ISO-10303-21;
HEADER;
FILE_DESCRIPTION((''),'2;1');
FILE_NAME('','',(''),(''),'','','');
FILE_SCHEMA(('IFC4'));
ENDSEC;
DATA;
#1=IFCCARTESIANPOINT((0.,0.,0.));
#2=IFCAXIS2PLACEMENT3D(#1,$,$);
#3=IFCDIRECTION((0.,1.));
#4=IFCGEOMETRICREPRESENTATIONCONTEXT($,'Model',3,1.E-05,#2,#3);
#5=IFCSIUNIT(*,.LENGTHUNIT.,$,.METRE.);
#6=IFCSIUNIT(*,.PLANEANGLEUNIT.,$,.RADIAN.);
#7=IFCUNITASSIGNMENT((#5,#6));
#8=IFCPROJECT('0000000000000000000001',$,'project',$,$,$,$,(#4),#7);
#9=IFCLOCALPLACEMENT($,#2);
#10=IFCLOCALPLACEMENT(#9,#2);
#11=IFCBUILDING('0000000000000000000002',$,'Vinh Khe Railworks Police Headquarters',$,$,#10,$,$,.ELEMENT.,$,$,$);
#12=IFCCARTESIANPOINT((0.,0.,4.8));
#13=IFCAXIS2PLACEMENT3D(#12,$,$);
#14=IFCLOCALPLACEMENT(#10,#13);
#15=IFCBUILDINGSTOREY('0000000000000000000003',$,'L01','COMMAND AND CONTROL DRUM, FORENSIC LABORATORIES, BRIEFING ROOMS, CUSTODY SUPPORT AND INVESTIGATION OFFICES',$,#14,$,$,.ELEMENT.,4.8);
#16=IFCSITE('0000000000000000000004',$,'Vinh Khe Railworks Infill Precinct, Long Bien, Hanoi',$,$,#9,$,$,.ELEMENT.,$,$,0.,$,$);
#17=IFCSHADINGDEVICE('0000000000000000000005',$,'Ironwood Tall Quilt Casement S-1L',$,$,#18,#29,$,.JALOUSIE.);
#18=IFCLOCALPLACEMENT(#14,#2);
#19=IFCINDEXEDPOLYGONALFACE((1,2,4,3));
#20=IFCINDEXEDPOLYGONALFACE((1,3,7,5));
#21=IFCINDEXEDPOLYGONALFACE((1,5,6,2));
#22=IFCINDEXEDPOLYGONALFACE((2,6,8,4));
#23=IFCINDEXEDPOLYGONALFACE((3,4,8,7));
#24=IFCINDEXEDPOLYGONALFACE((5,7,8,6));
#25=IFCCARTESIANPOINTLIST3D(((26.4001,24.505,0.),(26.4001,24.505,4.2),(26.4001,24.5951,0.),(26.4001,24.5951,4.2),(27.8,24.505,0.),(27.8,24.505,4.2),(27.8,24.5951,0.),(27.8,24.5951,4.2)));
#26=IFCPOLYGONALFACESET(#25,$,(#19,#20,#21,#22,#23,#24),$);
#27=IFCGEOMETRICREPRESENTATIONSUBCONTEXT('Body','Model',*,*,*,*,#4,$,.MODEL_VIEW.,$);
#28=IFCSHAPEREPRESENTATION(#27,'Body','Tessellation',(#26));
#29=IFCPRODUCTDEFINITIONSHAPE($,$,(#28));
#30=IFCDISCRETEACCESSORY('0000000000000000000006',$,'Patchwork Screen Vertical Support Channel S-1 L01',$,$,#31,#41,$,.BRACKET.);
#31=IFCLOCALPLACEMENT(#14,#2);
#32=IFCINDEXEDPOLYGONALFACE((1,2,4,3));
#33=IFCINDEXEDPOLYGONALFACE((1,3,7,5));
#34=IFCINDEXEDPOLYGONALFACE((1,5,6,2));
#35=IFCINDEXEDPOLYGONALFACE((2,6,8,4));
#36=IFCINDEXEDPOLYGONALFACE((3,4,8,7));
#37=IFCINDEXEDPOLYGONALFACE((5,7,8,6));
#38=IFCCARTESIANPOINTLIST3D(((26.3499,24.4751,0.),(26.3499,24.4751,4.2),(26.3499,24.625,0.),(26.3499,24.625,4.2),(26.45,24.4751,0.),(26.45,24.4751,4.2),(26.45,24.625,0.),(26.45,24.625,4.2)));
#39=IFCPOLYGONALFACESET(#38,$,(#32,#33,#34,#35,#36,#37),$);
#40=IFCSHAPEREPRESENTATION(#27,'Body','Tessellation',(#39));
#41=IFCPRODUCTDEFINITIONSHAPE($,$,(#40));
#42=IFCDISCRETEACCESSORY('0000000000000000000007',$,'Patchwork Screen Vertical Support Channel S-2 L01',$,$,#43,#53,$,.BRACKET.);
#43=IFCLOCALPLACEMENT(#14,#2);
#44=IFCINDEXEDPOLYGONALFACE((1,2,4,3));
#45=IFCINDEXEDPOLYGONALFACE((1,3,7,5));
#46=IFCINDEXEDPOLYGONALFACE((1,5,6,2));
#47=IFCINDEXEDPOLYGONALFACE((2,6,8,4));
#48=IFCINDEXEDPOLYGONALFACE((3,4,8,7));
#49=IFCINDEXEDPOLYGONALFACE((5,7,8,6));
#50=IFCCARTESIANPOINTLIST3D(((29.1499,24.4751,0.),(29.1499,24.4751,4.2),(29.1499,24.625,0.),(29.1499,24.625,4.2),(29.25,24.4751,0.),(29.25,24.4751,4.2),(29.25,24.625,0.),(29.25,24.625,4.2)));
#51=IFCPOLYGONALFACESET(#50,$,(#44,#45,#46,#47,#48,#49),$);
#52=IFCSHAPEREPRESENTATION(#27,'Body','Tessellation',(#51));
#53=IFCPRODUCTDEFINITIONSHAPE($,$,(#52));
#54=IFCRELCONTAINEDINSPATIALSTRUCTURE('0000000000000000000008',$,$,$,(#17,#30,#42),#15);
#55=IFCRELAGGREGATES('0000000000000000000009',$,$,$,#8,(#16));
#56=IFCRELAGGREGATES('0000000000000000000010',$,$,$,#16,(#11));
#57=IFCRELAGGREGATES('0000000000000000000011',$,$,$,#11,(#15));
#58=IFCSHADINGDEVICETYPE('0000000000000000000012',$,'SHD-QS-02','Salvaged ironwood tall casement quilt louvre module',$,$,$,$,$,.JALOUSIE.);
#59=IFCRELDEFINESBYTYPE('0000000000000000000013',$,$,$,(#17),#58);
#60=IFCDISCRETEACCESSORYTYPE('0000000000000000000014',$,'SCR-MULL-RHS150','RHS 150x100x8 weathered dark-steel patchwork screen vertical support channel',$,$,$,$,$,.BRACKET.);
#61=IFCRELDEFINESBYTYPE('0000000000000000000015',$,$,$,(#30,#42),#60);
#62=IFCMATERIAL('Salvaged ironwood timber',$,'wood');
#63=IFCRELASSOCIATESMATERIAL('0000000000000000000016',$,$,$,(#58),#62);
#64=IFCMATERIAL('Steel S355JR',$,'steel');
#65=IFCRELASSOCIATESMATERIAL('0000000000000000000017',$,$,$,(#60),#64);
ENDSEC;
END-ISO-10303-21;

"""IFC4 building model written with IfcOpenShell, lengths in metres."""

from ifc_helpers import new_model, si_unit, direction, frame, origin, origin_2d, place, context, subcontext, project, spatial, rectangle, extrude, material, type_object, element, save


model = new_model("IFC4")

# Units and contexts
model_context = context("Model", 3, precision=1e-05, world=origin(), true_north=direction((0.0, 1.0)))
body_context = subcontext(model_context, "Body", "Model", "MODEL_VIEW")
ifc_project = project(units=[si_unit("LENGTHUNIT", "METRE"), si_unit("PLANEANGLEUNIT", "RADIAN")], contexts=[model_context])

# Site, building, storey
site_placement = place(None, origin())
site = spatial("IfcSite", under=ifc_project, at=site_placement, Name="Vinh Khe Railworks Infill Precinct, Long Bien, Hanoi", CompositionType="ELEMENT", RefElevation=0.0)
building_placement = place(site_placement, origin())
building = spatial("IfcBuilding", under=site, at=building_placement, Name="Vinh Khe Railworks Police Headquarters", CompositionType="ELEMENT")
storey_placement = place(building_placement, frame((0.0, 0.0, 4.8)))
storey = spatial("IfcBuildingStorey", under=building, at=storey_placement, Name="L01", Description="COMMAND AND CONTROL DRUM, FORENSIC LABORATORIES, BRIEFING ROOMS, CUSTODY SUPPORT AND INVESTIGATION OFFICES", CompositionType="ELEMENT", Elevation=4.8)

# Shared definitions
ifc_material_1 = material(Name="Steel S355JR", Category="steel")

# Shared definitions
ifc_material_2 = material(Name="Salvaged ironwood timber", Category="wood")

# Shading device
shading_device_type_1 = type_object("IfcShadingDeviceType", Name="SHD-QS-02", Description="Salvaged ironwood tall casement quilt louvre module", PredefinedType="JALOUSIE", material=ifc_material_2)
shading_device_1_placement = place(storey_placement, frame((27.1001, 24.55, 0.0), z_axis=(0.0, 0.0, 1.0), x_axis=(1.0, 0.0, 0.0)))
element("IfcShadingDevice", 1, at=shading_device_1_placement, inside=storey, type_object=shading_device_type_1, Name="Ironwood Tall Quilt Casement S-1L", PredefinedType="JALOUSIE", context=body_context, shape_type="SweptSolid", body=[
    extrude(rectangle(XDim=1.3999, YDim=0.0901, at=origin_2d()), origin(), (0.0, 0.0, 1.0), 4.2),
])

# Discrete accessories
discrete_accessory_type = type_object("IfcDiscreteAccessoryType", Name="SCR-MULL-RHS150", Description="RHS 150x100x8 weathered dark-steel patchwork screen vertical support channel", PredefinedType="BRACKET", material=ifc_material_1)
for number, where, z_axis, x_axis, name in (
    (2, (26.3999, 24.55, 0.0), (0.0, 0.0, 1.0), (1.0, 0.0, 0.0), "Patchwork Screen Vertical Support Channel S-1 L01"),
    (3, (29.2, 24.55, 0.0), (0.0, 0.0, 1.0), (1.0, 0.0, 0.0), "Patchwork Screen Vertical Support Channel S-2 L01"),
):
    element("IfcDiscreteAccessory", number, at=place(storey_placement, frame(where, z_axis=z_axis, x_axis=x_axis)), inside=storey, type_object=discrete_accessory_type, Name=name, PredefinedType="BRACKET", context=body_context, shape_type="SweptSolid", body=[
        extrude(rectangle(XDim=0.1001, YDim=0.1499, at=origin_2d()), origin(), (0.0, 0.0, 1.0), 4.2),
    ])

save(model, "model.ifc")
